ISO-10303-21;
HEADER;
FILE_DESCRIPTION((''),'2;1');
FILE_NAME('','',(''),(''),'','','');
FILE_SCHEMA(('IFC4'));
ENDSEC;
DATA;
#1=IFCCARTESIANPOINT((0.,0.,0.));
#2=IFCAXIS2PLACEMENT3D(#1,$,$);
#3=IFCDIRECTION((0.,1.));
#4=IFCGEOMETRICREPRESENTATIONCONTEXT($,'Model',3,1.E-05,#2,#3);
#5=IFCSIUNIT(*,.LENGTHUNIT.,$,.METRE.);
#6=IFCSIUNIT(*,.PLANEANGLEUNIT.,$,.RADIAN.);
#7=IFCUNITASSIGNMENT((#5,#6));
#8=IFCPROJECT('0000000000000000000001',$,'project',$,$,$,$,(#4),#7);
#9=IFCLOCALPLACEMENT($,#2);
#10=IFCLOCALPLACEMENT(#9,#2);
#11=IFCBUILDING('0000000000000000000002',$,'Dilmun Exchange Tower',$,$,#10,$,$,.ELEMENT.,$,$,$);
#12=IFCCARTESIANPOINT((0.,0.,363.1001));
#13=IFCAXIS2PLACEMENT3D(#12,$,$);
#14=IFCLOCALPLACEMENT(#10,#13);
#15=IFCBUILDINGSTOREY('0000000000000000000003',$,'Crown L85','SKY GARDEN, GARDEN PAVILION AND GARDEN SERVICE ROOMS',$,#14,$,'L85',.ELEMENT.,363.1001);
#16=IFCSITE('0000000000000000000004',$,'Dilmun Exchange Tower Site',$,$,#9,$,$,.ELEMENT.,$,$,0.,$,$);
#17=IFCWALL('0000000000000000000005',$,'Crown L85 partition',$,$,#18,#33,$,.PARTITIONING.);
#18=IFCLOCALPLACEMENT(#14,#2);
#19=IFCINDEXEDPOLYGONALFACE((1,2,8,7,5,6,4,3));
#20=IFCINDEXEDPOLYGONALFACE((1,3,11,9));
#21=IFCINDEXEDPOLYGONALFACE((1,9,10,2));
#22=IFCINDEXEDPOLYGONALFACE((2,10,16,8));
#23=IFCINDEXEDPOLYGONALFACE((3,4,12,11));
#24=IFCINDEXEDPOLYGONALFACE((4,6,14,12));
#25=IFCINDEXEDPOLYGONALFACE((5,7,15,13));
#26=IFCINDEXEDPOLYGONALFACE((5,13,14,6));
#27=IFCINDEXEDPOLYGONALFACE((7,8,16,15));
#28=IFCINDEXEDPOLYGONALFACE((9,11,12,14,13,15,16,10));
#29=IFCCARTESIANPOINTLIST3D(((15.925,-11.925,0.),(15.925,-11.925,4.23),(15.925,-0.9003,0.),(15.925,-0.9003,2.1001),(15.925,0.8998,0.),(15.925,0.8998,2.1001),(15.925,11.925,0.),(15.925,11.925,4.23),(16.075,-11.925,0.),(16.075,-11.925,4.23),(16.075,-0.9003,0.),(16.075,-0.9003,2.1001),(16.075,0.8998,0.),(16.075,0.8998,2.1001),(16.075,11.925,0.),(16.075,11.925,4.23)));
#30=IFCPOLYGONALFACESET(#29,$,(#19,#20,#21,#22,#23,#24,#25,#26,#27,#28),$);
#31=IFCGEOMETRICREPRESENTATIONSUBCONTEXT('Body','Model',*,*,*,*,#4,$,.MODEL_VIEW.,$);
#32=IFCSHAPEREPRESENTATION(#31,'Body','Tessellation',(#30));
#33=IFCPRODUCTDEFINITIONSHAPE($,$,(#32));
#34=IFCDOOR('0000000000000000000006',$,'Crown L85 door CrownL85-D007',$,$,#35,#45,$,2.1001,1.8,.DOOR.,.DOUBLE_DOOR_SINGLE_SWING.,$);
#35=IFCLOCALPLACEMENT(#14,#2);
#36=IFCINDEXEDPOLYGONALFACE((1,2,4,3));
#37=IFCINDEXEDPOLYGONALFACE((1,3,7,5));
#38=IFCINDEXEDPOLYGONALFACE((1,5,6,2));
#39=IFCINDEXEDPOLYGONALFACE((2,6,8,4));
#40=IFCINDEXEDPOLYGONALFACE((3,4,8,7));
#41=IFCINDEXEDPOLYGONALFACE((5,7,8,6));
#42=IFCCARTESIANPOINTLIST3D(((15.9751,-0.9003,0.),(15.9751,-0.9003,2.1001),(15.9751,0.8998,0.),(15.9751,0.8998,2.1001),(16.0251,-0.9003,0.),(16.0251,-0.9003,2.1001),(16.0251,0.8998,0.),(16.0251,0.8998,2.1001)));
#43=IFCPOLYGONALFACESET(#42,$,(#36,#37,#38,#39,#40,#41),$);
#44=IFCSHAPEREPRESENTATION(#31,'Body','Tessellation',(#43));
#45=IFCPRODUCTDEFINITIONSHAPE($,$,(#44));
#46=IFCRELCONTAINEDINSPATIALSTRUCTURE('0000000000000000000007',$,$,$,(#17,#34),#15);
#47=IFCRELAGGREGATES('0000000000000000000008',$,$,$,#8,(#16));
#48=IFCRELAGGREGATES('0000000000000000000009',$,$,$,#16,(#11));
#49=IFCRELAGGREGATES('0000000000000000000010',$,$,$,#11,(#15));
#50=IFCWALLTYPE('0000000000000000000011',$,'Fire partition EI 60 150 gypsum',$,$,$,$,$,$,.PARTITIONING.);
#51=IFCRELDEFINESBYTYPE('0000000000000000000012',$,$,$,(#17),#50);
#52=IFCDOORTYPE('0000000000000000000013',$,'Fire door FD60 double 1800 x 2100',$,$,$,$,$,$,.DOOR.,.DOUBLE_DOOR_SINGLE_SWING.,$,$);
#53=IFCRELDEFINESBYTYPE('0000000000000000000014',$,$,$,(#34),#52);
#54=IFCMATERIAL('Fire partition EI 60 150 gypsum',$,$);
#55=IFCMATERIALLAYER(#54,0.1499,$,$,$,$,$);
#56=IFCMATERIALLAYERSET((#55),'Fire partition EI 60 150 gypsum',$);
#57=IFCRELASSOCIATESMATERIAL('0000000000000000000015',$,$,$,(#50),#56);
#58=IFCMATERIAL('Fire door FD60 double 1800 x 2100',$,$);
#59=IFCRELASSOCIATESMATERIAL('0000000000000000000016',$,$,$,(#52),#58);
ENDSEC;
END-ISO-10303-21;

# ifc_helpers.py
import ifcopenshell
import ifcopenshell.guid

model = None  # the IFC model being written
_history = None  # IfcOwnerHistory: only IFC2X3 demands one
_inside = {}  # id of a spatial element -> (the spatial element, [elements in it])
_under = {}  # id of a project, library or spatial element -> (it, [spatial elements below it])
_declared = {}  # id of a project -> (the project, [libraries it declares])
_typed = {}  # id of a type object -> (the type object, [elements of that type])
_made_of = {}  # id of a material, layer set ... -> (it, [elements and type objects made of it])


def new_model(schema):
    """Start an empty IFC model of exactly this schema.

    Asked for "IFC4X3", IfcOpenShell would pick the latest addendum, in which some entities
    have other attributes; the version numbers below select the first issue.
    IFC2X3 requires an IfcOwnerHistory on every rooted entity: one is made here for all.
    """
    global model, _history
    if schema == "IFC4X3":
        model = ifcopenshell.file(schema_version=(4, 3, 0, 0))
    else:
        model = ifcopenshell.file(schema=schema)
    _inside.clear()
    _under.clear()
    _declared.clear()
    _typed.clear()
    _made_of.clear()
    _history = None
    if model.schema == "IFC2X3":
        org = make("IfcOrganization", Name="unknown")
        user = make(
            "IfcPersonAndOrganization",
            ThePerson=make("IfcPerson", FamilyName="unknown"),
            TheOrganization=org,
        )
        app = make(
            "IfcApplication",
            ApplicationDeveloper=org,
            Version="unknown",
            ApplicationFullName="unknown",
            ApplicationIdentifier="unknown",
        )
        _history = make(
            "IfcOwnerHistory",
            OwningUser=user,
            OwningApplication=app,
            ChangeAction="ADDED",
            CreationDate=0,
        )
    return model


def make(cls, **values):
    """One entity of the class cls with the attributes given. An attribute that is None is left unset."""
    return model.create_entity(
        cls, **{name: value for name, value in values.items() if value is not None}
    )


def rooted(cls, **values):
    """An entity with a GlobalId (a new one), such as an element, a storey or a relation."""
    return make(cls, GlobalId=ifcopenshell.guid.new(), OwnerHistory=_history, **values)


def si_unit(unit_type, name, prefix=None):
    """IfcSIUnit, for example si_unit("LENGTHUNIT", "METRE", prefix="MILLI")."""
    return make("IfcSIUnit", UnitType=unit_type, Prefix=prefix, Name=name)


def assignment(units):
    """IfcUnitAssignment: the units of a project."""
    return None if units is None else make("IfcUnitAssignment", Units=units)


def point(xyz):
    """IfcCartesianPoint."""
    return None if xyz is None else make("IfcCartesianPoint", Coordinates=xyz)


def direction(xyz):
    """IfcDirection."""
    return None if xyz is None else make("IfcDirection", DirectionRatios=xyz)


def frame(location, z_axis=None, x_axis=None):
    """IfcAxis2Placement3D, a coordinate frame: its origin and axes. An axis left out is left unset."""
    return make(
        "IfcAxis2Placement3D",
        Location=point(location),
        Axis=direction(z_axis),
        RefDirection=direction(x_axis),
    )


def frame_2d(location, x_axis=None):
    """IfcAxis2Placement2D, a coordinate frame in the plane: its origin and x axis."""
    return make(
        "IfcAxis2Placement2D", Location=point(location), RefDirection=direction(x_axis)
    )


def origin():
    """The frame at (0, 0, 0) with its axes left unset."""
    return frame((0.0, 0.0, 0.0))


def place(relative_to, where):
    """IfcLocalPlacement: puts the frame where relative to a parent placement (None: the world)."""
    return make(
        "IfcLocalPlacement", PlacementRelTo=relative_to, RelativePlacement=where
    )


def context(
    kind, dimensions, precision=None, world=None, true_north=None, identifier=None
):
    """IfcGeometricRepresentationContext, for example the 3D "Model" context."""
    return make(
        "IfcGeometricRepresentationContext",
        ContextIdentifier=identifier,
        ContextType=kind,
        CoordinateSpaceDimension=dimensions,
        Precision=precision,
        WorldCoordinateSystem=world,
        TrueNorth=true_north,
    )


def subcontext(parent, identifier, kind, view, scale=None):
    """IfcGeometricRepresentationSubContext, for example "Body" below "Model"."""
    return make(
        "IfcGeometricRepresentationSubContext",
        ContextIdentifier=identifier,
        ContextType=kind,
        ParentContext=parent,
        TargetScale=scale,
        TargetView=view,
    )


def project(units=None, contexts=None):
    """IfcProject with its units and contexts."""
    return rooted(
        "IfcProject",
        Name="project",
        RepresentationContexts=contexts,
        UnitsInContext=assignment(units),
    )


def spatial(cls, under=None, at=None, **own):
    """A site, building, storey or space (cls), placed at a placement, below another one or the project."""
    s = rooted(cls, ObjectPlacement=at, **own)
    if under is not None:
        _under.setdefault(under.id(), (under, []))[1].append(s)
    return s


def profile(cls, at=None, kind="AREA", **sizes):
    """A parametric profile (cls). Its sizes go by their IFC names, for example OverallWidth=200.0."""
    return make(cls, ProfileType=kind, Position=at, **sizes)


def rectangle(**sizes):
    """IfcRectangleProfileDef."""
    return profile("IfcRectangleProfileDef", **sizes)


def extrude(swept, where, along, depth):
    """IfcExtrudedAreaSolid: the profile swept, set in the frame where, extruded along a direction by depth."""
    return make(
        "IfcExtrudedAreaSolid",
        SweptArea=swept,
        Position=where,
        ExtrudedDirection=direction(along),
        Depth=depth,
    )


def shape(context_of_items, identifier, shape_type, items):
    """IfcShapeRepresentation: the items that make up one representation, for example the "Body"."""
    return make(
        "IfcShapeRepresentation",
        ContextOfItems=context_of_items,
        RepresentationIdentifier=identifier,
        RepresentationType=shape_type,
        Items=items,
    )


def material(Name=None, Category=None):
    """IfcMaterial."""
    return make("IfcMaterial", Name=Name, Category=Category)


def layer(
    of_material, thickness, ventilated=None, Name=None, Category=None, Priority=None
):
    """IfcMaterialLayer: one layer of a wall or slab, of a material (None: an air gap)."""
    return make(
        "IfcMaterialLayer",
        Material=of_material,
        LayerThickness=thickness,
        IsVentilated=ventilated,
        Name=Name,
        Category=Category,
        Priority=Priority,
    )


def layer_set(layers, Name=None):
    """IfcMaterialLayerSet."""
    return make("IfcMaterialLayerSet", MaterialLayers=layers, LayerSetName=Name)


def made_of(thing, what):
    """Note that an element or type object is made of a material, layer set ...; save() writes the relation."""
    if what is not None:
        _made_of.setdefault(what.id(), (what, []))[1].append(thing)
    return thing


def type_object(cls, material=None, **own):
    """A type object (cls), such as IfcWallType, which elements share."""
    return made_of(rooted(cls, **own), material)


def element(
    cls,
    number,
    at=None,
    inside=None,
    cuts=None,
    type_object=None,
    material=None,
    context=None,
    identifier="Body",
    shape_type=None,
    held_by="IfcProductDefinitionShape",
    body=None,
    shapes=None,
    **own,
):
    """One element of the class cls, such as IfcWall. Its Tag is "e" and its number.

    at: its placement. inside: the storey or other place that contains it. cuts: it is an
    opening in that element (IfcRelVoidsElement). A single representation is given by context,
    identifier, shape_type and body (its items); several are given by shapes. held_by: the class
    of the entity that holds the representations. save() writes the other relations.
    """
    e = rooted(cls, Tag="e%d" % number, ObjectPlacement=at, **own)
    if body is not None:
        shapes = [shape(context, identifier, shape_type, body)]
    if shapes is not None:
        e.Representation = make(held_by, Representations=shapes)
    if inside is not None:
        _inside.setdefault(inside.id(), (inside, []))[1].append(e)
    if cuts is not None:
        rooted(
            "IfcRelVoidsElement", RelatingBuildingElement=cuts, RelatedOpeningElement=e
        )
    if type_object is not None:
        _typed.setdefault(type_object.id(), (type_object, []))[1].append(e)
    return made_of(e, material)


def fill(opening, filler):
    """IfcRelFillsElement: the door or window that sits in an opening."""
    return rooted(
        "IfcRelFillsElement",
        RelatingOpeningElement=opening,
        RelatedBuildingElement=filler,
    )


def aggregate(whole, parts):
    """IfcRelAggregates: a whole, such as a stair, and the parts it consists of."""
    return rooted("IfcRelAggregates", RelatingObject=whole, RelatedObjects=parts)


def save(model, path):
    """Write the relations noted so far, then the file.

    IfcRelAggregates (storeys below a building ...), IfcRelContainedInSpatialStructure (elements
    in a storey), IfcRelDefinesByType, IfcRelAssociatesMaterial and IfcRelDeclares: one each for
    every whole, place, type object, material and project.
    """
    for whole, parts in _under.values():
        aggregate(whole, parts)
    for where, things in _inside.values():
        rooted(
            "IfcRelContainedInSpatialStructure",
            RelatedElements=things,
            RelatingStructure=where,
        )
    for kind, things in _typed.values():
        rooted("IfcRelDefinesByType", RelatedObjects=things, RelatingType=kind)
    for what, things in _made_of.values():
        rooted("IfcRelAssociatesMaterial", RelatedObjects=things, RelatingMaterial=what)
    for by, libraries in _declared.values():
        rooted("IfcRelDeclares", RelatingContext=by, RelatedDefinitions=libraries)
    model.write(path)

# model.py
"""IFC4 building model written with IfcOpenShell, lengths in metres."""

from ifc_helpers import new_model, si_unit, direction, frame, frame_2d, origin, place, context, subcontext, project, spatial, rectangle, extrude, material, layer, layer_set, type_object, element, fill, save


model = new_model("IFC4")

# Units and contexts
model_context = context("Model", 3, precision=1e-05, world=origin(), true_north=direction((0.0, 1.0)))
body_context = subcontext(model_context, "Body", "Model", "MODEL_VIEW")
ifc_project = project(units=[si_unit("LENGTHUNIT", "METRE"), si_unit("PLANEANGLEUNIT", "RADIAN")], contexts=[model_context])

# Site, building, storey
site_placement = place(None, origin())
site = spatial("IfcSite", under=ifc_project, at=site_placement, Name="Dilmun Exchange Tower Site", CompositionType="ELEMENT", RefElevation=0.0)
building_placement = place(site_placement, origin())
building = spatial("IfcBuilding", under=site, at=building_placement, Name="Dilmun Exchange Tower", CompositionType="ELEMENT")
storey_placement = place(building_placement, frame((0.0, 0.0, 363.1001)))
storey = spatial("IfcBuildingStorey", under=building, at=storey_placement, Name="Crown L85", Description="SKY GARDEN, GARDEN PAVILION AND GARDEN SERVICE ROOMS", LongName="L85", CompositionType="ELEMENT", Elevation=363.1001)

# Shared definitions
ifc_material_1 = material(Name="Fire partition EI 60 150 gypsum")
ifc_layer_1 = layer(ifc_material_1, 0.1499)
ifc_layer_set_1 = layer_set([ifc_layer_1], Name="Fire partition EI 60 150 gypsum")
wall_type = type_object("IfcWallType", Name="Fire partition EI 60 150 gypsum", PredefinedType="PARTITIONING", material=ifc_layer_set_1)

# Wall, opening, door
wall_1_placement = place(storey_placement, frame((16.0, -11.925, 0.0), z_axis=(0.0, 0.0, 1.0), x_axis=(0.0, 1.0, 0.0)))
wall_1 = element("IfcWall", 1, at=wall_1_placement, inside=storey, type_object=wall_type, Name="Crown L85 partition", PredefinedType="PARTITIONING", context=body_context, shape_type="SweptSolid", body=[
    extrude(rectangle(XDim=23.8501, YDim=0.1499, at=frame_2d((11.925, 0.0))), origin(), (0.0, 0.0, 1.0), 4.23),
])
opening_placement = place(wall_1_placement, frame((11.0249, 0.0, 0.0)))
opening = element("IfcOpeningElement", 2, at=opening_placement, cuts=wall_1, PredefinedType="OPENING", context=body_context, shape_type="SweptSolid", body=[
    extrude(rectangle(XDim=1.8, YDim=2.1001, at=frame_2d((0.8999, 1.05))), frame((0.0, 0.085, 0.0), z_axis=(0.0, -1.0, 0.0), x_axis=(1.0, 0.0, 0.0)), (0.0, 0.0, 1.0), 0.1699),
])
ifc_material_2 = material(Name="Fire door FD60 double 1800 x 2100")
door_type = type_object("IfcDoorType", Name="Fire door FD60 double 1800 x 2100", OperationType="DOUBLE_DOOR_SINGLE_SWING", PredefinedType="DOOR", material=ifc_material_2)
door_placement = place(opening_placement, origin())
door = element("IfcDoor", 3, at=door_placement, inside=storey, type_object=door_type, Name="Crown L85 door CrownL85-D007", OperationType="DOUBLE_DOOR_SINGLE_SWING", OverallHeight=2.1001, OverallWidth=1.8, PredefinedType="DOOR", context=body_context, shape_type="SweptSolid", body=[
    extrude(rectangle(XDim=1.8, YDim=2.1001, at=frame_2d((0.8999, 1.05))), frame((0.0, 0.0249, 0.0), z_axis=(0.0, -1.0, 0.0), x_axis=(1.0, 0.0, 0.0)), (0.0, 0.0, 1.0), 0.05),
])
fill(opening, door)

save(model, "model.ifc")
